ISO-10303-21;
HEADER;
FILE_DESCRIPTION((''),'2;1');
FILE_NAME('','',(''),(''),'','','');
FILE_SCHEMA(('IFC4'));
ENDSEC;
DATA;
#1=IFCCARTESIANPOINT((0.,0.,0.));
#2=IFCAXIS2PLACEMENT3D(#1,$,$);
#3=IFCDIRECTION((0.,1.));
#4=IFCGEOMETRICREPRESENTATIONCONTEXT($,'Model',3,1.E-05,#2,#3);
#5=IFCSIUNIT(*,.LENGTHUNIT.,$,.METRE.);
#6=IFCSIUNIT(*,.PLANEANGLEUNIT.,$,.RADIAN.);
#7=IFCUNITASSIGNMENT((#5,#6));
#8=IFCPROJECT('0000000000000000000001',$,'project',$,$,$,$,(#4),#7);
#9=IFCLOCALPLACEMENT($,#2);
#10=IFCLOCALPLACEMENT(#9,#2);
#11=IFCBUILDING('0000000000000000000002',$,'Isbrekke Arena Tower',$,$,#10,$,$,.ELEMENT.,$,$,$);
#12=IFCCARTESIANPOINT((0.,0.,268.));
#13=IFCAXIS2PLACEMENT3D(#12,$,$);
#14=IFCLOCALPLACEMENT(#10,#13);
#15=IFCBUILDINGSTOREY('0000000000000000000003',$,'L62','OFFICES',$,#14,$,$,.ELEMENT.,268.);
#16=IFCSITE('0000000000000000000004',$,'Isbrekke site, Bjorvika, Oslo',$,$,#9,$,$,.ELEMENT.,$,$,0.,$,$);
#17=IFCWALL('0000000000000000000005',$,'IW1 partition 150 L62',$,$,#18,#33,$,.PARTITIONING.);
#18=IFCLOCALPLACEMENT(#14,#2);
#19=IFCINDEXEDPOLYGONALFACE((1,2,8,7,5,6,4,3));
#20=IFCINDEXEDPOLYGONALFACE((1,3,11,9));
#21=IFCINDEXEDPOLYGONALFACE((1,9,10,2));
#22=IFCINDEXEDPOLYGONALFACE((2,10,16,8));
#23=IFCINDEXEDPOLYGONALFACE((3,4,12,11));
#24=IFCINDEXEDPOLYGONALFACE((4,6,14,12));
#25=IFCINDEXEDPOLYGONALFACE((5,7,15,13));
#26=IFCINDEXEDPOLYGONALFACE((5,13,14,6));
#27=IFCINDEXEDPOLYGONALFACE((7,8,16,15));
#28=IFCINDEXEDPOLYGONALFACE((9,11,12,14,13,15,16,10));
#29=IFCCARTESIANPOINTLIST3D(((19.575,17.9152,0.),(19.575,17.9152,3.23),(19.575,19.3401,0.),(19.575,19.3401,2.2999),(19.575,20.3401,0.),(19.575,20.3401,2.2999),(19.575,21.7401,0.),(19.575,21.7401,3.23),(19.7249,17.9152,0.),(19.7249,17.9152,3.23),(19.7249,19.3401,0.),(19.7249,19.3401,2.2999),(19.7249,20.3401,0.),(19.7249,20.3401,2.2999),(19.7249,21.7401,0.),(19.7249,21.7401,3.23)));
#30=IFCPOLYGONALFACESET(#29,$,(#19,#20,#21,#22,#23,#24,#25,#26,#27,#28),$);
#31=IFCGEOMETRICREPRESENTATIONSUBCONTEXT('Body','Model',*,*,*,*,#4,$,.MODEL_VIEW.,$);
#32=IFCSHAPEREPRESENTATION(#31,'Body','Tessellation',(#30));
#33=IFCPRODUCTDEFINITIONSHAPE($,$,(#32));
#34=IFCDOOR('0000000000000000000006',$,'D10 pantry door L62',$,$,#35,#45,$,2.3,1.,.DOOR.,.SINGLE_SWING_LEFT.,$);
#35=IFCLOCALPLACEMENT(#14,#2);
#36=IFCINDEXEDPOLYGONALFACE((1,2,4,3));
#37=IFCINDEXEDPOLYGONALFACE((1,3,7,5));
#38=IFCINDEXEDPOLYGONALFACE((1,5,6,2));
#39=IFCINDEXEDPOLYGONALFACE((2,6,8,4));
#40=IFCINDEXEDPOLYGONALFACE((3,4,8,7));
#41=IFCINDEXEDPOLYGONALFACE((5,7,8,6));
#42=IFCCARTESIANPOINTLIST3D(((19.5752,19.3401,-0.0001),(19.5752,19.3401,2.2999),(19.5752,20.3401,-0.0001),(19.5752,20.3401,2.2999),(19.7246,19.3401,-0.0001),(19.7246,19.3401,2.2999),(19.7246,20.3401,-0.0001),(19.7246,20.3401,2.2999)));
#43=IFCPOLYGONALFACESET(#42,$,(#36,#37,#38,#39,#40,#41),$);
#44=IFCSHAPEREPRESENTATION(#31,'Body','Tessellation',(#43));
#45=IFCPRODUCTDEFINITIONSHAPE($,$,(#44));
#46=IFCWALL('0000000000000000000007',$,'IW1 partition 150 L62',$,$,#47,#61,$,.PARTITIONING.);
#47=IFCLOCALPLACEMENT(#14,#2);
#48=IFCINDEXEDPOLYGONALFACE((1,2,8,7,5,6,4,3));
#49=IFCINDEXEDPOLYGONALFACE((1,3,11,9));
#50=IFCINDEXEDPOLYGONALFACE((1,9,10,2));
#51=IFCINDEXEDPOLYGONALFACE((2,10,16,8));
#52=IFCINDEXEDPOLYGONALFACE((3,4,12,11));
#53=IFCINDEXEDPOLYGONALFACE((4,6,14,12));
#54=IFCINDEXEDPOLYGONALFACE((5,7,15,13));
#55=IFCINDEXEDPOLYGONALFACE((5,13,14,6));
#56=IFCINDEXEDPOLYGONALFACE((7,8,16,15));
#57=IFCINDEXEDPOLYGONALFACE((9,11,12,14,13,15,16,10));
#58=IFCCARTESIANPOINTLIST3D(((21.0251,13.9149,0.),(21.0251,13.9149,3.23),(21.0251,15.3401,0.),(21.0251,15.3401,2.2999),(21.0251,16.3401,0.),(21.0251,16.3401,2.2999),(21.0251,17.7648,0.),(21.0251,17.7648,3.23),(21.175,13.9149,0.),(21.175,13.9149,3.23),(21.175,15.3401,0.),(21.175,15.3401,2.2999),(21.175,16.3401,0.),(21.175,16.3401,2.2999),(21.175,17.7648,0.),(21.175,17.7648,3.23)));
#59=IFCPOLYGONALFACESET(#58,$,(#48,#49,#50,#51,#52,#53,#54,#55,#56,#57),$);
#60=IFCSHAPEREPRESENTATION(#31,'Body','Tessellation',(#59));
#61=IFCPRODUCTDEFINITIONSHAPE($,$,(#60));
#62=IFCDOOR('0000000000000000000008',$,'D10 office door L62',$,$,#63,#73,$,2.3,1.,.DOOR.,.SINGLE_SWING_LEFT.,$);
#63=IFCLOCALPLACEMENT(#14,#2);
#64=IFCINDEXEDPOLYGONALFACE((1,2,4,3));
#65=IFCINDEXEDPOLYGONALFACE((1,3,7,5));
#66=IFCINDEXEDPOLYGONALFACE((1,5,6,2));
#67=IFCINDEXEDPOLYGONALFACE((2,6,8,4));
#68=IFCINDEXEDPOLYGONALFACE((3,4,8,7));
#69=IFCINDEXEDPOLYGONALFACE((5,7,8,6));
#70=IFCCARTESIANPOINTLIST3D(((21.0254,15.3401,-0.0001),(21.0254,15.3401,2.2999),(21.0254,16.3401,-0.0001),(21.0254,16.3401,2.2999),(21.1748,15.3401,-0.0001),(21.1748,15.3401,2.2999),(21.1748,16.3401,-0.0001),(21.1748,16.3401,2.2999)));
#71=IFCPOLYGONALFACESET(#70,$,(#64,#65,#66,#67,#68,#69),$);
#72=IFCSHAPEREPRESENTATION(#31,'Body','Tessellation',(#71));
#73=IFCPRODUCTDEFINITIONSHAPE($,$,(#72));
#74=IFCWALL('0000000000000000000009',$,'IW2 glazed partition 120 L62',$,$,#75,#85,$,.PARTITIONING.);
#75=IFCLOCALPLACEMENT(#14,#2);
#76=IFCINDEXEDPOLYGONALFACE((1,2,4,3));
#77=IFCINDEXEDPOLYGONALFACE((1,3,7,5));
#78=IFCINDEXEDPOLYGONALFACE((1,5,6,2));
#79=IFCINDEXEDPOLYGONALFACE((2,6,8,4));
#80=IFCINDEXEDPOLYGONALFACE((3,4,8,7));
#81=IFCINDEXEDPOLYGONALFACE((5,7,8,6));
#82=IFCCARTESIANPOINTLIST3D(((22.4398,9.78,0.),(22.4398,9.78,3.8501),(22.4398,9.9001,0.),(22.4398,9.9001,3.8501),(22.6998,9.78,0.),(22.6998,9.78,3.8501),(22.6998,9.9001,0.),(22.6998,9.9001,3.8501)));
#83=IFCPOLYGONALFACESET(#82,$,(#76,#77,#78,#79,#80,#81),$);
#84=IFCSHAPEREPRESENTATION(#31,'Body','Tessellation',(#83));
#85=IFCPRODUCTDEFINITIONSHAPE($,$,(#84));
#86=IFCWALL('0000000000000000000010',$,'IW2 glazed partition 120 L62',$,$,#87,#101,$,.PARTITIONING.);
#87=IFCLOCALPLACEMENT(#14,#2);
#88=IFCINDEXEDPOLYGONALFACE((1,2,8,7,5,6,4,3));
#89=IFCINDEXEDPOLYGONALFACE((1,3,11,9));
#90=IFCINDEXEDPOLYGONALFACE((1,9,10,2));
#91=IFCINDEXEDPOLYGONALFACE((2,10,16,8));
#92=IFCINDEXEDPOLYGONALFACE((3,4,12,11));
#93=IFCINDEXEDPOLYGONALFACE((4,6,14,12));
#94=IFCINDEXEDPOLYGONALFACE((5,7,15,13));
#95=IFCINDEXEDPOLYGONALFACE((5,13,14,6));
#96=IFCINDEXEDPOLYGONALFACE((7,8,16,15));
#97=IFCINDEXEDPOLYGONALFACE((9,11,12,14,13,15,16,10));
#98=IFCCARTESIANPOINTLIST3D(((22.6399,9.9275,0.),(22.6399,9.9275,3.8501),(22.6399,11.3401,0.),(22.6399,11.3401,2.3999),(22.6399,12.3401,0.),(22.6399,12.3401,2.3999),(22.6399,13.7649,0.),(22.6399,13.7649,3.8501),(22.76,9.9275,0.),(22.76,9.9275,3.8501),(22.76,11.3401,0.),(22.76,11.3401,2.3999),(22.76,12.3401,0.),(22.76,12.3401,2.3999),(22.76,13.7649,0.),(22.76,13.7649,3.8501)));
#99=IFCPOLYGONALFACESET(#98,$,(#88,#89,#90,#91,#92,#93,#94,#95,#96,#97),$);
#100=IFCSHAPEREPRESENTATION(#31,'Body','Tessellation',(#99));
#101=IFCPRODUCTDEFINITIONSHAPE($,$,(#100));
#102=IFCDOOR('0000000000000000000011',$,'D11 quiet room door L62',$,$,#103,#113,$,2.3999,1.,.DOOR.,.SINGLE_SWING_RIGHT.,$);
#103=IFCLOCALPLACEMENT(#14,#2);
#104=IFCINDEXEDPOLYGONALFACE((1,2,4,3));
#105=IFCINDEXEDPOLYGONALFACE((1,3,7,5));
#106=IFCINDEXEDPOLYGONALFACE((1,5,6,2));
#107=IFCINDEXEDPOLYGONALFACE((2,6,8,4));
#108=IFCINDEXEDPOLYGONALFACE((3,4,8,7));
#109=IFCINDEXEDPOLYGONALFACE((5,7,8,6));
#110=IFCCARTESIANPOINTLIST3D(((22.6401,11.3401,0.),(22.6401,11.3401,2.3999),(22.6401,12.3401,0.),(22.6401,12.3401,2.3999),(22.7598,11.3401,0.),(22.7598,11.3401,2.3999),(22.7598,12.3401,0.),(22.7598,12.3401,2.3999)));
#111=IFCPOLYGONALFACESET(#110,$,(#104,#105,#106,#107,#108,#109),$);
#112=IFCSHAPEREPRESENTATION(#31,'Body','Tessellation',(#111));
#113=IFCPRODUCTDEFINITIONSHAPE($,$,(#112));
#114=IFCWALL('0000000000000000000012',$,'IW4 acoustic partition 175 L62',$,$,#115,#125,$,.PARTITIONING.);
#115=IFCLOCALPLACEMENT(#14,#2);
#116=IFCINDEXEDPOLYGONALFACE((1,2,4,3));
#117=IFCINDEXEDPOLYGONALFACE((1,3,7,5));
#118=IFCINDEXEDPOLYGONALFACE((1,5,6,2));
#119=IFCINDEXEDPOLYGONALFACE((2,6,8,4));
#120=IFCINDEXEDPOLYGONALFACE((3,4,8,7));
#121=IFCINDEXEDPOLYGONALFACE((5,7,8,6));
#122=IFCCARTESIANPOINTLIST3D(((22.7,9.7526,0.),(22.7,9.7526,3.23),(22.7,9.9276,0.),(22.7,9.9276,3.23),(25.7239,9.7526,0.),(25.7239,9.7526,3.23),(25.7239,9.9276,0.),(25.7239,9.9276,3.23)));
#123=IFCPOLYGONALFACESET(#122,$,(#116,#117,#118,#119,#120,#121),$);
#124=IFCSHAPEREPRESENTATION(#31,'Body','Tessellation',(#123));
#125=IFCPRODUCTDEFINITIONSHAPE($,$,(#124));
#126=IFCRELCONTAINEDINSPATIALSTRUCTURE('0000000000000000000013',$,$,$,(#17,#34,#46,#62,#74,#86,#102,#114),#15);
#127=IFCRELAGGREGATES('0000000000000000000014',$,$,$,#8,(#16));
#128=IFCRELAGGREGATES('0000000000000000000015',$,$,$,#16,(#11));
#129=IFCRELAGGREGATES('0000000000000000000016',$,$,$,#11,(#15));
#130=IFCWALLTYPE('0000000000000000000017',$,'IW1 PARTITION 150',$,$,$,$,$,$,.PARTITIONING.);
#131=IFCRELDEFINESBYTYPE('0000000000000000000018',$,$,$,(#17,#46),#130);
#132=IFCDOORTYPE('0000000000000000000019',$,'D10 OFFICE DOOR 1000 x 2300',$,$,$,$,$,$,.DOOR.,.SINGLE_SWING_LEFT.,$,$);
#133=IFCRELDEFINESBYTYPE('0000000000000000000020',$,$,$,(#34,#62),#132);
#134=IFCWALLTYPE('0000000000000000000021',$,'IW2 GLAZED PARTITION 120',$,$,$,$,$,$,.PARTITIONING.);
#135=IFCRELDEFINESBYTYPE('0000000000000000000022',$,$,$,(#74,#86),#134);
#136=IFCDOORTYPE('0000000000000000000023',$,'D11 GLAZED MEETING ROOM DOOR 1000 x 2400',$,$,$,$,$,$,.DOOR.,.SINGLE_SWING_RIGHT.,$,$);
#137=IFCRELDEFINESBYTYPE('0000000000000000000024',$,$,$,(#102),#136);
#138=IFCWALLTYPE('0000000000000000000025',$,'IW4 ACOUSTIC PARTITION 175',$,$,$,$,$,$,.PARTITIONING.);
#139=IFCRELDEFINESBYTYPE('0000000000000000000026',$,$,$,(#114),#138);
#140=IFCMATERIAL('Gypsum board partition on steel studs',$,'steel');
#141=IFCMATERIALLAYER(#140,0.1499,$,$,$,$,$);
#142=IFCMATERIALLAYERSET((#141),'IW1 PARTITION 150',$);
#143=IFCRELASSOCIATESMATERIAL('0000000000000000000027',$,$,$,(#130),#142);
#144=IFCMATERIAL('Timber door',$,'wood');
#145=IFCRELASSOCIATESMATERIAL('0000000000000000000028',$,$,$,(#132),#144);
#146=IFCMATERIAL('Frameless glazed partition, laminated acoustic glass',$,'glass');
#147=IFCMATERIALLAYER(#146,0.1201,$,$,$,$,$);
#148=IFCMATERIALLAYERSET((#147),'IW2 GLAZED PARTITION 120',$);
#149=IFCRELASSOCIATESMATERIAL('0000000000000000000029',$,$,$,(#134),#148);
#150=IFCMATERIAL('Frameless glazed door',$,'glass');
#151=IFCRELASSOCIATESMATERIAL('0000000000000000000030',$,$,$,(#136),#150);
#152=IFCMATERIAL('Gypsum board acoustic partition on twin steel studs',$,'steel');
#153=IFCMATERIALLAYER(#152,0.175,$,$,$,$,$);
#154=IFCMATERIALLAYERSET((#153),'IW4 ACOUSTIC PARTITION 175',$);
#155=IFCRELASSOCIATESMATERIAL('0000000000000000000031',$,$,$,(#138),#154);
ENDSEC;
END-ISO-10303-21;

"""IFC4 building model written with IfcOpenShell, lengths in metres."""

from ifc_helpers import new_model, si_unit, direction, frame, frame_2d, origin, place, context, subcontext, project, spatial, rectangle, extrude, material, layer, layer_set, type_object, element, fill, save


model = new_model("IFC4")

# Units and contexts
model_context = context("Model", 3, precision=1e-05, world=origin(), true_north=direction((0.0, 1.0)))
body_context = subcontext(model_context, "Body", "Model", "MODEL_VIEW")
ifc_project = project(units=[si_unit("LENGTHUNIT", "METRE"), si_unit("PLANEANGLEUNIT", "RADIAN")], contexts=[model_context])

# Site, building, storey
site_placement = place(None, origin())
site = spatial("IfcSite", under=ifc_project, at=site_placement, Name="Isbrekke site, Bjorvika, Oslo", CompositionType="ELEMENT", RefElevation=0.0)
building_placement = place(site_placement, origin())
building = spatial("IfcBuilding", under=site, at=building_placement, Name="Isbrekke Arena Tower", CompositionType="ELEMENT")
storey_placement = place(building_placement, frame((0.0, 0.0, 268.0)))
storey = spatial("IfcBuildingStorey", under=building, at=storey_placement, Name="L62", Description="OFFICES", CompositionType="ELEMENT", Elevation=268.0)

# Shared definitions
ifc_material_1 = material(Name="Gypsum board partition on steel studs", Category="steel")
ifc_layer_1 = layer(ifc_material_1, 0.1499)
ifc_layer_set_1 = layer_set([ifc_layer_1], Name="IW1 PARTITION 150")
wall_type_1 = type_object("IfcWallType", Name="IW1 PARTITION 150", PredefinedType="PARTITIONING", material=ifc_layer_set_1)

# Walls, openings, doors
wall_1_placement = place(storey_placement, frame((19.6499, 17.915, 0.0), z_axis=(0.0, 0.0, 1.0), x_axis=(0.0, 1.0, 0.0)))
wall_1 = element("IfcWall", 1, at=wall_1_placement, inside=storey, type_object=wall_type_1, Name="IW1 partition 150 L62", PredefinedType="PARTITIONING", context=body_context, shape_type="SweptSolid", body=[
    extrude(rectangle(XDim=3.825, YDim=0.1499, at=frame_2d((1.9126, 0.0))), origin(), (0.0, 0.0, 1.0), 3.23),
])
opening_1_placement = place(wall_1_placement, frame((1.425, 0.0, 0.0)))
opening_1 = element("IfcOpeningElement", 2, at=opening_1_placement, cuts=wall_1, PredefinedType="OPENING", context=body_context, shape_type="SweptSolid", body=[
    extrude(rectangle(XDim=1.0, YDim=2.3, at=frame_2d((0.5, 1.1499))), frame((0.0, 0.0898, 0.0), z_axis=(0.0, -1.0, 0.0), x_axis=(1.0, 0.0, 0.0)), (0.0, 0.0, 1.0), 0.1797),
])
ifc_material_2 = material(Name="Timber door", Category="wood")
door_type_1 = type_object("IfcDoorType", Name="D10 OFFICE DOOR 1000 x 2300", OperationType="SINGLE_SWING_LEFT", PredefinedType="DOOR", material=ifc_material_2)
door_1_placement = place(opening_1_placement, origin())
door_1 = element("IfcDoor", 3, at=door_1_placement, inside=storey, type_object=door_type_1, Name="D10 pantry door L62", OperationType="SINGLE_SWING_LEFT", OverallHeight=2.3, OverallWidth=1.0, PredefinedType="DOOR", context=body_context, shape_type="SweptSolid", body=[
    extrude(rectangle(XDim=1.0, YDim=2.3, at=frame_2d((0.5, 1.1499))), frame((0.0, 0.0747, 0.0), z_axis=(0.0, -1.0, 0.0), x_axis=(1.0, 0.0, 0.0)), (0.0, 0.0, 1.0), 0.1494),
])
fill(opening_1, door_1)
wall_2_placement = place(storey_placement, frame((21.1001, 13.915, 0.0), z_axis=(0.0, 0.0, 1.0), x_axis=(0.0, 1.0, 0.0)))
wall_2 = element("IfcWall", 4, at=wall_2_placement, inside=storey, type_object=wall_type_1, Name="IW1 partition 150 L62", PredefinedType="PARTITIONING", context=body_context, shape_type="SweptSolid", body=[
    extrude(rectangle(XDim=3.8499, YDim=0.1499, at=frame_2d((1.9248, 0.0))), origin(), (0.0, 0.0, 1.0), 3.23),
])
opening_2_placement = place(wall_2_placement, frame((1.425, 0.0, 0.0)))
opening_2 = element("IfcOpeningElement", 5, at=opening_2_placement, cuts=wall_2, PredefinedType="OPENING", context=body_context, shape_type="SweptSolid", body=[
    extrude(rectangle(XDim=1.0, YDim=2.3, at=frame_2d((0.5, 1.1499))), frame((0.0, 0.0898, 0.0), z_axis=(0.0, -1.0, 0.0), x_axis=(1.0, 0.0, 0.0)), (0.0, 0.0, 1.0), 0.1797),
])
door_2_placement = place(opening_2_placement, origin())
door_2 = element("IfcDoor", 6, at=door_2_placement, inside=storey, type_object=door_type_1, Name="D10 office door L62", OperationType="SINGLE_SWING_LEFT", OverallHeight=2.3, OverallWidth=1.0, PredefinedType="DOOR", context=body_context, shape_type="SweptSolid", body=[
    extrude(rectangle(XDim=1.0, YDim=2.3, at=frame_2d((0.5, 1.1499))), frame((0.0, 0.0747, 0.0), z_axis=(0.0, -1.0, 0.0), x_axis=(1.0, 0.0, 0.0)), (0.0, 0.0, 1.0), 0.1494),
])
fill(opening_2, door_2)

# Wall
ifc_material_3 = material(Name="Frameless glazed partition, laminated acoustic glass", Category="glass")
ifc_layer_2 = layer(ifc_material_3, 0.1201)
ifc_layer_set_2 = layer_set([ifc_layer_2], Name="IW2 GLAZED PARTITION 120")
wall_type_2 = type_object("IfcWallType", Name="IW2 GLAZED PARTITION 120", PredefinedType="PARTITIONING", material=ifc_layer_set_2)
wall_3_placement = place(storey_placement, frame((22.4399, 9.8401, 0.0), z_axis=(0.0, 0.0, 1.0), x_axis=(1.0, 0.0, 0.0)))
element("IfcWall", 7, at=wall_3_placement, inside=storey, type_object=wall_type_2, Name="IW2 glazed partition 120 L62", PredefinedType="PARTITIONING", context=body_context, shape_type="SweptSolid", body=[
    extrude(rectangle(XDim=0.26, YDim=0.1201, at=frame_2d((0.1299, 0.0))), origin(), (0.0, 0.0, 1.0), 3.8501),
])

# Wall, opening, door
wall_4_placement = place(storey_placement, frame((22.7, 9.9275, 0.0), z_axis=(0.0, 0.0, 1.0), x_axis=(0.0, 1.0, 0.0)))
wall_4 = element("IfcWall", 8, at=wall_4_placement, inside=storey, type_object=wall_type_2, Name="IW2 glazed partition 120 L62", PredefinedType="PARTITIONING", context=body_context, shape_type="SweptSolid", body=[
    extrude(rectangle(XDim=3.8374, YDim=0.1201, at=frame_2d((1.9187, 0.0))), origin(), (0.0, 0.0, 1.0), 3.8501),
])
opening_3_placement = place(wall_4_placement, frame((1.4126, 0.0, 0.0)))
opening_3 = element("IfcOpeningElement", 9, at=opening_3_placement, cuts=wall_4, PredefinedType="OPENING", context=body_context, shape_type="SweptSolid", body=[
    extrude(rectangle(XDim=1.0, YDim=2.3999, at=frame_2d((0.5, 1.2))), frame((0.0, 0.075, 0.0), z_axis=(0.0, -1.0, 0.0), x_axis=(1.0, 0.0, 0.0)), (0.0, 0.0, 1.0), 0.1499),
])
ifc_material_4 = material(Name="Frameless glazed door", Category="glass")
door_type_2 = type_object("IfcDoorType", Name="D11 GLAZED MEETING ROOM DOOR 1000 x 2400", OperationType="SINGLE_SWING_RIGHT", PredefinedType="DOOR", material=ifc_material_4)
door_3_placement = place(opening_3_placement, origin())
door_3 = element("IfcDoor", 10, at=door_3_placement, inside=storey, type_object=door_type_2, Name="D11 quiet room door L62", OperationType="SINGLE_SWING_RIGHT", OverallHeight=2.3999, OverallWidth=1.0, PredefinedType="DOOR", context=body_context, shape_type="SweptSolid", body=[
    extrude(rectangle(XDim=1.0, YDim=2.3999, at=frame_2d((0.5, 1.2))), frame((0.0, 0.0598, 0.0), z_axis=(0.0, -1.0, 0.0), x_axis=(1.0, 0.0, 0.0)), (0.0, 0.0, 1.0), 0.1196),
])
fill(opening_3, door_3)

# Wall
ifc_material_5 = material(Name="Gypsum board acoustic partition on twin steel studs", Category="steel")
ifc_layer_3 = layer(ifc_material_5, 0.175)
ifc_layer_set_3 = layer_set([ifc_layer_3], Name="IW4 ACOUSTIC PARTITION 175")
wall_type_3 = type_object("IfcWallType", Name="IW4 ACOUSTIC PARTITION 175", PredefinedType="PARTITIONING", material=ifc_layer_set_3)
wall_5_placement = place(storey_placement, frame((22.7, 9.8401, 0.0), z_axis=(0.0, 0.0, 1.0), x_axis=(1.0, 0.0, 0.0)))
element("IfcWall", 11, at=wall_5_placement, inside=storey, type_object=wall_type_3, Name="IW4 acoustic partition 175 L62", PredefinedType="PARTITIONING", context=body_context, shape_type="SweptSolid", body=[
    extrude(rectangle(XDim=3.0239, YDim=0.175, at=frame_2d((1.512, 0.0))), origin(), (0.0, 0.0, 1.0), 3.23),
])

save(model, "model.ifc")
